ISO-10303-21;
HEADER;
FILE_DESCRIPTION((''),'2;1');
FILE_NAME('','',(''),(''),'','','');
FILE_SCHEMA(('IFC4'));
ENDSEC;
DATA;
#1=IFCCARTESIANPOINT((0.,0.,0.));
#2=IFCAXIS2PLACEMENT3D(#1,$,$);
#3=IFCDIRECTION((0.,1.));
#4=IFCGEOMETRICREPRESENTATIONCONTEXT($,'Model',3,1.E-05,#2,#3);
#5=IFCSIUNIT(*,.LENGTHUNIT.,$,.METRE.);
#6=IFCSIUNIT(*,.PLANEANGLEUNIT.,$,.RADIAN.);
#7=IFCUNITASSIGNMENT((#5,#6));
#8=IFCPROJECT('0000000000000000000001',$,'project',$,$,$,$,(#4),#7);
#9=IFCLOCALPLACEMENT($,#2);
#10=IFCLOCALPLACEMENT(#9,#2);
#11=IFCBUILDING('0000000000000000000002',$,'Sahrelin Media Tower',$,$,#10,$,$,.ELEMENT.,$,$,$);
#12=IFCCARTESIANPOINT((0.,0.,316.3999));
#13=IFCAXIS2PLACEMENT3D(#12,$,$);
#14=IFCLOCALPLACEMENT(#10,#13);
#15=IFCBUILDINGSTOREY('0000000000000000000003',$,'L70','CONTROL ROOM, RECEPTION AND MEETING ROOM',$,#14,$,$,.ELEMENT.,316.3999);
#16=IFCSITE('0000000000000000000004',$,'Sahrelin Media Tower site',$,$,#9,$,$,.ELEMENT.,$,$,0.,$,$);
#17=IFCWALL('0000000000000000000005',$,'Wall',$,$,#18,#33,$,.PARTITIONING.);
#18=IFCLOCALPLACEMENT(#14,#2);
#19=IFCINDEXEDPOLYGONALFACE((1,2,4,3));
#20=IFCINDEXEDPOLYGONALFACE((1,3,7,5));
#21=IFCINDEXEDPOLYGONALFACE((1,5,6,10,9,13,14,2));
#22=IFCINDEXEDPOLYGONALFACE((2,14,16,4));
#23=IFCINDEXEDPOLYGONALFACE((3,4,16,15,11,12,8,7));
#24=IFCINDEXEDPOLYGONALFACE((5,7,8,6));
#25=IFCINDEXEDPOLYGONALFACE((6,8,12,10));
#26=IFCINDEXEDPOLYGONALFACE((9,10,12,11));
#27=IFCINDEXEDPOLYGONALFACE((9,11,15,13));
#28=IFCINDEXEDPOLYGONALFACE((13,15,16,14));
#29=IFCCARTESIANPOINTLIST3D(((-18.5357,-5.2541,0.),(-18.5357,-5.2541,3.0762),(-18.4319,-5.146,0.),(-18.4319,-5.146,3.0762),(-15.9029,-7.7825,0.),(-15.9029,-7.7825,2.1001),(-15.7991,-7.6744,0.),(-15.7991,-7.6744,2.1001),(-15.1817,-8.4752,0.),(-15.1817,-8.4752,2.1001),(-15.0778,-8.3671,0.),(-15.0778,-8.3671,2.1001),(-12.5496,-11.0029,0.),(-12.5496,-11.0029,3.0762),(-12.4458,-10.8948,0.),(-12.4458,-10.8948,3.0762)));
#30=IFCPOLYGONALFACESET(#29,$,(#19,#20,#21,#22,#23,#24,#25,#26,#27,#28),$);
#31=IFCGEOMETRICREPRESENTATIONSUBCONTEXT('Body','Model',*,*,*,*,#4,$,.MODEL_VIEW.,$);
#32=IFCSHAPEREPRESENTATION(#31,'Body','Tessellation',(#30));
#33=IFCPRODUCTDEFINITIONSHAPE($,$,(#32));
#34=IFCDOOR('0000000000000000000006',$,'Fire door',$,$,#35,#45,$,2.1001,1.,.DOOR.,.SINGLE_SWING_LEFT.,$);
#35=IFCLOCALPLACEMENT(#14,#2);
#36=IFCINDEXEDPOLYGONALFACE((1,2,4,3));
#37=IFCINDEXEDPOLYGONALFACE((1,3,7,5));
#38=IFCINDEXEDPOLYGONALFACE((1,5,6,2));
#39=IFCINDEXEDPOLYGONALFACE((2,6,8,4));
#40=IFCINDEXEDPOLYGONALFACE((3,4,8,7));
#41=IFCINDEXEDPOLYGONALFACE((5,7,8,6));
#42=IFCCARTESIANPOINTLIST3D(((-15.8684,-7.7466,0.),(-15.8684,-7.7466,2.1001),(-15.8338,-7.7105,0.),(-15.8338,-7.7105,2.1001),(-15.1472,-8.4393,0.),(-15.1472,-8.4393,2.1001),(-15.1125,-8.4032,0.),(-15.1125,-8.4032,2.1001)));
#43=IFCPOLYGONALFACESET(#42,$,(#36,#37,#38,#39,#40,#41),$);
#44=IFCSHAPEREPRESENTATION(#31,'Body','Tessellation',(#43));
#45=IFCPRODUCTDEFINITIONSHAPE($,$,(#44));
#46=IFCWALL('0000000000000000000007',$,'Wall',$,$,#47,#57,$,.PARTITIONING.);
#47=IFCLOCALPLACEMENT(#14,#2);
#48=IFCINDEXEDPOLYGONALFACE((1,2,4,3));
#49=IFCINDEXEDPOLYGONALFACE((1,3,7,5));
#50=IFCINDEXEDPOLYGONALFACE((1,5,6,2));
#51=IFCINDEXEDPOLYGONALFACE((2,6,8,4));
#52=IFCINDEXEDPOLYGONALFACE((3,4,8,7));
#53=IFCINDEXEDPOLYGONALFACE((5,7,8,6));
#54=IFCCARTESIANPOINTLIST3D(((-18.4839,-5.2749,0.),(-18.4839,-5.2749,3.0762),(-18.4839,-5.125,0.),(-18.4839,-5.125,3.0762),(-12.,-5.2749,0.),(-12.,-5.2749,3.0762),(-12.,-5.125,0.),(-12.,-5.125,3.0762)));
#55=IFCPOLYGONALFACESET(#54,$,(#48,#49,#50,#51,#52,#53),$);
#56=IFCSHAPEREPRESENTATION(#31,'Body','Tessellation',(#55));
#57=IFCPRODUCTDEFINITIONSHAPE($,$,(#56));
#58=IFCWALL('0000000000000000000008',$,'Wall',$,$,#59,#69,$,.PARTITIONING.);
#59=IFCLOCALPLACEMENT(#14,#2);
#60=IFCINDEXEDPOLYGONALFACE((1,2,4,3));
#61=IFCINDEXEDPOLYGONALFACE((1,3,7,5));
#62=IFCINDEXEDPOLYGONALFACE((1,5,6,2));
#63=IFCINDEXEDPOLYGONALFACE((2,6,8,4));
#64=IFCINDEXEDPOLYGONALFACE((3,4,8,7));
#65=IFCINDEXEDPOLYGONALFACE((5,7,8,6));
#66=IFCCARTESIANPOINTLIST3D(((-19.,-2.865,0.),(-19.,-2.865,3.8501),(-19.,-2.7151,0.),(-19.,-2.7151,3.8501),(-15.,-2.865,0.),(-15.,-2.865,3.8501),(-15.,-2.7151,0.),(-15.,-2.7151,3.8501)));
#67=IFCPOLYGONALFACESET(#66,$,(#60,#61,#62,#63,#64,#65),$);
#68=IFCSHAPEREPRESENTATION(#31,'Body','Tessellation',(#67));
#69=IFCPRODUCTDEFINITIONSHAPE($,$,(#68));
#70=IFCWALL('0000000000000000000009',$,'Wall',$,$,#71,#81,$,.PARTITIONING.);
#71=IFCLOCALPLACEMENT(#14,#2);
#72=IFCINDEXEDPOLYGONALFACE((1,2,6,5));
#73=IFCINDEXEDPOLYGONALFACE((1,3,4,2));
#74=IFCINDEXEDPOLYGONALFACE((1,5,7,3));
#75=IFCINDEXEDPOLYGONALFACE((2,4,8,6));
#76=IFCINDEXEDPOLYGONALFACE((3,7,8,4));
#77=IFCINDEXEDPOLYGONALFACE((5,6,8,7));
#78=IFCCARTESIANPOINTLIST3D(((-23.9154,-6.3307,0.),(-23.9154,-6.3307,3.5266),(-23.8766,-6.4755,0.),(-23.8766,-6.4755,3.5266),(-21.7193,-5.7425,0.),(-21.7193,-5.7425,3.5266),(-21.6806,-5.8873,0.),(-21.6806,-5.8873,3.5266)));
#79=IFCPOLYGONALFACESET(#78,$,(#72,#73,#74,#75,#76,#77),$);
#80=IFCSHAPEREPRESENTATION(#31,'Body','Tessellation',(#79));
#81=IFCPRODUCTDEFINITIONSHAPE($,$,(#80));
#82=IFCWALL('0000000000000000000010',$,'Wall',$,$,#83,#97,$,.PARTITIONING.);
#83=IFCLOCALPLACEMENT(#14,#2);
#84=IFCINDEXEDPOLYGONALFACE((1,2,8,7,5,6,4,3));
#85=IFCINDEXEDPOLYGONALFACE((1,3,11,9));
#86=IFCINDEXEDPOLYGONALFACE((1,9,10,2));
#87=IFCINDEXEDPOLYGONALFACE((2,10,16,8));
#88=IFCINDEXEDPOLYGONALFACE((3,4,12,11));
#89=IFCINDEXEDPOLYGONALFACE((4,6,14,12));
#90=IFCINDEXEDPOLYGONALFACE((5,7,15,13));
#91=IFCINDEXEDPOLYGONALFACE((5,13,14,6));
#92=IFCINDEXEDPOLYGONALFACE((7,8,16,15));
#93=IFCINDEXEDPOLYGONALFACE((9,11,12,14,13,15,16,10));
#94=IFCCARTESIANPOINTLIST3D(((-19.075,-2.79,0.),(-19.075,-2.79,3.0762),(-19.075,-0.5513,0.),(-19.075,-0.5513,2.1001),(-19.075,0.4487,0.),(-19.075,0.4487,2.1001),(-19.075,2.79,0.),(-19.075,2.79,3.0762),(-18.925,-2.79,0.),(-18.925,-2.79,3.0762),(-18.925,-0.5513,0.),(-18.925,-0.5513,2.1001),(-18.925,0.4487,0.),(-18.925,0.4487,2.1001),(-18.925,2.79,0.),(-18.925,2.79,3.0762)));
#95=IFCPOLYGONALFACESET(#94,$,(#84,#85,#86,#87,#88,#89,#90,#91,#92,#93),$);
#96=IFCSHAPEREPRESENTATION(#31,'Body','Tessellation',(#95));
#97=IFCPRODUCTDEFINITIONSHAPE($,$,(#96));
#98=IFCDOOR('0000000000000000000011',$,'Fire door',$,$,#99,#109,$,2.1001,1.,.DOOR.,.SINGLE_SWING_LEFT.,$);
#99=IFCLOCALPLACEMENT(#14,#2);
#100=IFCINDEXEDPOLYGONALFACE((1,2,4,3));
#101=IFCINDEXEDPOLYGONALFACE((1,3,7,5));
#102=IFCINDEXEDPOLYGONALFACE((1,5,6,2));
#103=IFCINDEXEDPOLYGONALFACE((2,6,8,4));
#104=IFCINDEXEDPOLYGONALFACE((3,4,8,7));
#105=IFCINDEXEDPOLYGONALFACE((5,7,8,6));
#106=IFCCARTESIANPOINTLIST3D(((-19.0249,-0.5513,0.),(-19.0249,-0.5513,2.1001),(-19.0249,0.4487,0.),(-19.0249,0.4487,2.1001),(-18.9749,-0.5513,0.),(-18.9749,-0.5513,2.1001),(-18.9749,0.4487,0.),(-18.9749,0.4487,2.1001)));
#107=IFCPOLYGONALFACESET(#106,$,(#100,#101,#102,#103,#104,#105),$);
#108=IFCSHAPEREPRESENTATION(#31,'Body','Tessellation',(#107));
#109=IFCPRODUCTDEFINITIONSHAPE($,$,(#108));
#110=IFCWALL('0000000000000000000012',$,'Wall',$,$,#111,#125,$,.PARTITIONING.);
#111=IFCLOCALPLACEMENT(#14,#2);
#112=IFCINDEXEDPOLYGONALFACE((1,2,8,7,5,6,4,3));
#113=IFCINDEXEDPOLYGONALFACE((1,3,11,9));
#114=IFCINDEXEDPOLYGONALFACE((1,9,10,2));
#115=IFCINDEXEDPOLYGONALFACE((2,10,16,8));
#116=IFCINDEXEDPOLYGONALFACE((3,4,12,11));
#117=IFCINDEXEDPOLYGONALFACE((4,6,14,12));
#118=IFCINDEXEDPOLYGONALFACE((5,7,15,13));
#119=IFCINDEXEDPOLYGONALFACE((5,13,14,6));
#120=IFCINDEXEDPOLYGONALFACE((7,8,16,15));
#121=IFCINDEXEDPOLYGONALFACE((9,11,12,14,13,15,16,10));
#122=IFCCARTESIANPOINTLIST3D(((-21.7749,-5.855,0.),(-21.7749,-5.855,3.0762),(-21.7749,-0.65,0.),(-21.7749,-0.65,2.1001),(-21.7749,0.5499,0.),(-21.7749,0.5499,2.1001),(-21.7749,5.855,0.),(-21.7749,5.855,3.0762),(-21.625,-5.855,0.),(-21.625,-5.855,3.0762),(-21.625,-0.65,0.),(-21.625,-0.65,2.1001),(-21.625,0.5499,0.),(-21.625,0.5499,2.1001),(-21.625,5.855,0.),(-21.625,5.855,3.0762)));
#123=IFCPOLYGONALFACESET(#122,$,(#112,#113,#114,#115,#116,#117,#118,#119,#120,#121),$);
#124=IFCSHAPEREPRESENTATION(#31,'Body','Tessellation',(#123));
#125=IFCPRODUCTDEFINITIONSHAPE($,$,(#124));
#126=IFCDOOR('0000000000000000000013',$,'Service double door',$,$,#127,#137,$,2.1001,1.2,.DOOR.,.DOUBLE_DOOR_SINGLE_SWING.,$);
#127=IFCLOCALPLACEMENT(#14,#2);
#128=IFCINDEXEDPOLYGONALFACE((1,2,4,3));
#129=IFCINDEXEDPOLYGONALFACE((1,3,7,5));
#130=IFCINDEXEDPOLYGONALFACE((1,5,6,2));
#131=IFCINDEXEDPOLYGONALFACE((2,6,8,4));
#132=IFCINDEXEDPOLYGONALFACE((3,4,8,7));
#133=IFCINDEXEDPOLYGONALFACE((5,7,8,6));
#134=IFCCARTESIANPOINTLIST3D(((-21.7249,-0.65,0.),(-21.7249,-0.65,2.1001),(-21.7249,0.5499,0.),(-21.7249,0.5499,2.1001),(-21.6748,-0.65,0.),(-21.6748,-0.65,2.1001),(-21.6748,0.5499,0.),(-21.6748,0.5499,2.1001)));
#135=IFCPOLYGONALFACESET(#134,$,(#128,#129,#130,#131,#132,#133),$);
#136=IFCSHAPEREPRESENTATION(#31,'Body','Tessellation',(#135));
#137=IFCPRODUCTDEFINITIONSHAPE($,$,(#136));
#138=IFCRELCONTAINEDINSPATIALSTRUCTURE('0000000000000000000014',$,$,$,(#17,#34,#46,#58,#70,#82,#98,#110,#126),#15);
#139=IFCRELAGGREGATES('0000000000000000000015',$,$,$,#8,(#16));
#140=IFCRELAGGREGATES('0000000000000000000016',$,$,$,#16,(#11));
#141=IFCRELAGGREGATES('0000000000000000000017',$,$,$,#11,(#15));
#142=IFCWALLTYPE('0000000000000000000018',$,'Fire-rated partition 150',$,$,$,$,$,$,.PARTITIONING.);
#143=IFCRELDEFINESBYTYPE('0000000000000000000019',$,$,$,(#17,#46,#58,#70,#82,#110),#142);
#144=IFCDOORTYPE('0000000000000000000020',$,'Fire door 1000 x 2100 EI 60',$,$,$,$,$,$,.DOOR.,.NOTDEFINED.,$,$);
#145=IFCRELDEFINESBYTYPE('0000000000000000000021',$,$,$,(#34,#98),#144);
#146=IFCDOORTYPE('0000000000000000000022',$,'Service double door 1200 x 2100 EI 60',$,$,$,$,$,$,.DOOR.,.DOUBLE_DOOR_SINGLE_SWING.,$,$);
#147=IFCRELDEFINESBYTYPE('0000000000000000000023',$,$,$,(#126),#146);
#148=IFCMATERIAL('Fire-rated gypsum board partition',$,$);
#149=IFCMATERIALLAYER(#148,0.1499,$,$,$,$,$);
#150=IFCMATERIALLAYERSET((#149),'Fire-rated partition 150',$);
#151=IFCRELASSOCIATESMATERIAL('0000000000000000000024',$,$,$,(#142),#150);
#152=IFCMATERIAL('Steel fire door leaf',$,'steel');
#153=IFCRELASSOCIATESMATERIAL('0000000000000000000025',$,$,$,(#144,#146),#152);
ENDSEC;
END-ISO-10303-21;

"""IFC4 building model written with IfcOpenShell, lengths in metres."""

from ifc_helpers import new_model, si_unit, direction, frame, frame_2d, origin, place, context, subcontext, project, spatial, rectangle, extrude, material, layer, layer_set, type_object, element, fill, save


model = new_model("IFC4")

# Units and contexts
model_context = context("Model", 3, precision=1e-05, world=origin(), true_north=direction((0.0, 1.0)))
body_context = subcontext(model_context, "Body", "Model", "MODEL_VIEW")
ifc_project = project(units=[si_unit("LENGTHUNIT", "METRE"), si_unit("PLANEANGLEUNIT", "RADIAN")], contexts=[model_context])

# Site, building, storey
site_placement = place(None, origin())
site = spatial("IfcSite", under=ifc_project, at=site_placement, Name="Sahrelin Media Tower site", CompositionType="ELEMENT", RefElevation=0.0)
building_placement = place(site_placement, origin())
building = spatial("IfcBuilding", under=site, at=building_placement, Name="Sahrelin Media Tower", CompositionType="ELEMENT")
storey_placement = place(building_placement, frame((0.0, 0.0, 316.3999)))
storey = spatial("IfcBuildingStorey", under=building, at=storey_placement, Name="L70", Description="CONTROL ROOM, RECEPTION AND MEETING ROOM", CompositionType="ELEMENT", Elevation=316.3999)

# Shared definitions
ifc_material_1 = material(Name="Fire-rated gypsum board partition")
ifc_layer_1 = layer(ifc_material_1, 0.1499)
ifc_layer_set_1 = layer_set([ifc_layer_1], Name="Fire-rated partition 150")
wall_type = type_object("IfcWallType", Name="Fire-rated partition 150", PredefinedType="PARTITIONING", material=ifc_layer_set_1)

# Shared definitions
ifc_material_2 = material(Name="Steel fire door leaf", Category="steel")
door_type_1 = type_object("IfcDoorType", Name="Fire door 1000 x 2100 EI 60", OperationType="NOTDEFINED", PredefinedType="DOOR", material=ifc_material_2)

# Wall, opening, door
wall_1_placement = place(storey_placement, frame((-18.4839, -5.2, 0.0), z_axis=(0.0, 0.0, 1.0), x_axis=(0.721259, -0.692666, 0.0)))
wall_1 = element("IfcWall", 1, at=wall_1_placement, inside=storey, type_object=wall_type, Name="Wall", PredefinedType="PARTITIONING", context=body_context, shape_type="SweptSolid", body=[
    extrude(rectangle(XDim=8.2996, YDim=0.1499, at=frame_2d((4.1499, 0.0))), origin(), (0.0, 0.0, 1.0), 3.0762),
])
opening_1_placement = place(wall_1_placement, frame((3.6504, 0.0, 0.0)))
opening_1 = element("IfcOpeningElement", 2, at=opening_1_placement, cuts=wall_1, PredefinedType="OPENING", context=body_context, shape_type="SweptSolid", body=[
    extrude(rectangle(XDim=1.0, YDim=2.1001, at=frame_2d((0.5, 1.05))), frame((0.0, 0.075, 0.0), z_axis=(0.0, -1.0, 0.0), x_axis=(1.0, 0.0, 0.0)), (0.0, 0.0, 1.0), 0.1499),
])
door_1_placement = place(opening_1_placement, origin())
door_1 = element("IfcDoor", 3, at=door_1_placement, inside=storey, type_object=door_type_1, Name="Fire door", OperationType="SINGLE_SWING_LEFT", OverallHeight=2.1001, OverallWidth=1.0, PredefinedType="DOOR", context=body_context, shape_type="SweptSolid", body=[
    extrude(rectangle(XDim=1.0, YDim=2.1001, at=frame_2d((0.5, 1.05))), frame((0.0, 0.0249, 0.0), z_axis=(0.0, -1.0, 0.0), x_axis=(1.0, 0.0, 0.0)), (0.0, 0.0, 1.0), 0.05),
])
fill(opening_1, door_1)

# Walls
wall_2_placement = place(storey_placement, frame((-18.4839, -5.2, 0.0), z_axis=(0.0, 0.0, 1.0), x_axis=(1.0, 0.0, 0.0)))
element("IfcWall", 4, at=wall_2_placement, inside=storey, type_object=wall_type, Name="Wall", PredefinedType="PARTITIONING", context=body_context, shape_type="SweptSolid", body=[
    extrude(rectangle(XDim=6.4839, YDim=0.1499, at=frame_2d((3.2419, 0.0))), origin(), (0.0, 0.0, 1.0), 3.0762),
])
wall_3_placement = place(storey_placement, frame((-19.0, -2.79, 0.0), z_axis=(0.0, 0.0, 1.0), x_axis=(1.0, 0.0, 0.0)))
element("IfcWall", 5, at=wall_3_placement, inside=storey, type_object=wall_type, Name="Wall", PredefinedType="PARTITIONING", context=body_context, shape_type="SweptSolid", body=[
    extrude(rectangle(XDim=4.0, YDim=0.1499, at=frame_2d((2.0, 0.0))), origin(), (0.0, 0.0, 1.0), 3.8501),
])
wall_4_placement = place(storey_placement, frame((-23.896, -6.4031, 0.0), z_axis=(0.0, 0.0, 1.0), x_axis=(0.965958, 0.258699, 0.0)))
element("IfcWall", 6, at=wall_4_placement, inside=storey, type_object=wall_type, Name="Wall", PredefinedType="PARTITIONING", context=body_context, shape_type="SweptSolid", body=[
    extrude(rectangle(XDim=2.2734, YDim=0.1499, at=frame_2d((1.1367, 0.0))), origin(), (0.0, 0.0, 1.0), 3.5266),
])

# Walls, openings, doors
wall_5_placement = place(storey_placement, frame((-19.0, -2.79, 0.0), z_axis=(0.0, 0.0, 1.0), x_axis=(0.0, 1.0, 0.0)))
wall_5 = element("IfcWall", 7, at=wall_5_placement, inside=storey, type_object=wall_type, Name="Wall", PredefinedType="PARTITIONING", context=body_context, shape_type="SweptSolid", body=[
    extrude(rectangle(XDim=5.5801, YDim=0.1499, at=frame_2d((2.79, 0.0))), origin(), (0.0, 0.0, 1.0), 3.0762),
])
opening_2_placement = place(wall_5_placement, frame((2.2388, 0.0, 0.0)))
opening_2 = element("IfcOpeningElement", 8, at=opening_2_placement, cuts=wall_5, PredefinedType="OPENING", context=body_context, shape_type="SweptSolid", body=[
    extrude(rectangle(XDim=1.0, YDim=2.1001, at=frame_2d((0.5, 1.05))), frame((0.0, 0.075, 0.0), z_axis=(0.0, -1.0, 0.0), x_axis=(1.0, 0.0, 0.0)), (0.0, 0.0, 1.0), 0.1499),
])
door_2_placement = place(opening_2_placement, origin())
door_2 = element("IfcDoor", 9, at=door_2_placement, inside=storey, type_object=door_type_1, Name="Fire door", OperationType="SINGLE_SWING_LEFT", OverallHeight=2.1001, OverallWidth=1.0, PredefinedType="DOOR", context=body_context, shape_type="SweptSolid", body=[
    extrude(rectangle(XDim=1.0, YDim=2.1001, at=frame_2d((0.5, 1.05))), frame((0.0, 0.0249, 0.0), z_axis=(0.0, -1.0, 0.0), x_axis=(1.0, 0.0, 0.0)), (0.0, 0.0, 1.0), 0.05),
])
fill(opening_2, door_2)
wall_6_placement = place(storey_placement, frame((-21.7, -5.855, 0.0), z_axis=(0.0, 0.0, 1.0), x_axis=(0.0, 1.0, 0.0)))
wall_6 = element("IfcWall", 10, at=wall_6_placement, inside=storey, type_object=wall_type, Name="Wall", PredefinedType="PARTITIONING", context=body_context, shape_type="SweptSolid", body=[
    extrude(rectangle(XDim=11.71, YDim=0.1499, at=frame_2d((5.855, 0.0))), origin(), (0.0, 0.0, 1.0), 3.0762),
])
opening_3_placement = place(wall_6_placement, frame((5.2048, 0.0, 0.0)))
opening_3 = element("IfcOpeningElement", 11, at=opening_3_placement, cuts=wall_6, PredefinedType="OPENING", context=body_context, shape_type="SweptSolid", body=[
    extrude(rectangle(XDim=1.2, YDim=2.1001, at=frame_2d((0.6001, 1.05))), frame((0.0, 0.075, 0.0), z_axis=(0.0, -1.0, 0.0), x_axis=(1.0, 0.0, 0.0)), (0.0, 0.0, 1.0), 0.1499),
])
door_type_2 = type_object("IfcDoorType", Name="Service double door 1200 x 2100 EI 60", OperationType="DOUBLE_DOOR_SINGLE_SWING", PredefinedType="DOOR", material=ifc_material_2)
door_3_placement = place(opening_3_placement, origin())
door_3 = element("IfcDoor", 12, at=door_3_placement, inside=storey, type_object=door_type_2, Name="Service double door", OperationType="DOUBLE_DOOR_SINGLE_SWING", OverallHeight=2.1001, OverallWidth=1.2, PredefinedType="DOOR", context=body_context, shape_type="SweptSolid", body=[
    extrude(rectangle(XDim=1.2, YDim=2.1001, at=frame_2d((0.6001, 1.05))), frame((0.0, 0.0249, 0.0), z_axis=(0.0, -1.0, 0.0), x_axis=(1.0, 0.0, 0.0)), (0.0, 0.0, 1.0), 0.05),
])
fill(opening_3, door_3)

save(model, "model.ifc")
